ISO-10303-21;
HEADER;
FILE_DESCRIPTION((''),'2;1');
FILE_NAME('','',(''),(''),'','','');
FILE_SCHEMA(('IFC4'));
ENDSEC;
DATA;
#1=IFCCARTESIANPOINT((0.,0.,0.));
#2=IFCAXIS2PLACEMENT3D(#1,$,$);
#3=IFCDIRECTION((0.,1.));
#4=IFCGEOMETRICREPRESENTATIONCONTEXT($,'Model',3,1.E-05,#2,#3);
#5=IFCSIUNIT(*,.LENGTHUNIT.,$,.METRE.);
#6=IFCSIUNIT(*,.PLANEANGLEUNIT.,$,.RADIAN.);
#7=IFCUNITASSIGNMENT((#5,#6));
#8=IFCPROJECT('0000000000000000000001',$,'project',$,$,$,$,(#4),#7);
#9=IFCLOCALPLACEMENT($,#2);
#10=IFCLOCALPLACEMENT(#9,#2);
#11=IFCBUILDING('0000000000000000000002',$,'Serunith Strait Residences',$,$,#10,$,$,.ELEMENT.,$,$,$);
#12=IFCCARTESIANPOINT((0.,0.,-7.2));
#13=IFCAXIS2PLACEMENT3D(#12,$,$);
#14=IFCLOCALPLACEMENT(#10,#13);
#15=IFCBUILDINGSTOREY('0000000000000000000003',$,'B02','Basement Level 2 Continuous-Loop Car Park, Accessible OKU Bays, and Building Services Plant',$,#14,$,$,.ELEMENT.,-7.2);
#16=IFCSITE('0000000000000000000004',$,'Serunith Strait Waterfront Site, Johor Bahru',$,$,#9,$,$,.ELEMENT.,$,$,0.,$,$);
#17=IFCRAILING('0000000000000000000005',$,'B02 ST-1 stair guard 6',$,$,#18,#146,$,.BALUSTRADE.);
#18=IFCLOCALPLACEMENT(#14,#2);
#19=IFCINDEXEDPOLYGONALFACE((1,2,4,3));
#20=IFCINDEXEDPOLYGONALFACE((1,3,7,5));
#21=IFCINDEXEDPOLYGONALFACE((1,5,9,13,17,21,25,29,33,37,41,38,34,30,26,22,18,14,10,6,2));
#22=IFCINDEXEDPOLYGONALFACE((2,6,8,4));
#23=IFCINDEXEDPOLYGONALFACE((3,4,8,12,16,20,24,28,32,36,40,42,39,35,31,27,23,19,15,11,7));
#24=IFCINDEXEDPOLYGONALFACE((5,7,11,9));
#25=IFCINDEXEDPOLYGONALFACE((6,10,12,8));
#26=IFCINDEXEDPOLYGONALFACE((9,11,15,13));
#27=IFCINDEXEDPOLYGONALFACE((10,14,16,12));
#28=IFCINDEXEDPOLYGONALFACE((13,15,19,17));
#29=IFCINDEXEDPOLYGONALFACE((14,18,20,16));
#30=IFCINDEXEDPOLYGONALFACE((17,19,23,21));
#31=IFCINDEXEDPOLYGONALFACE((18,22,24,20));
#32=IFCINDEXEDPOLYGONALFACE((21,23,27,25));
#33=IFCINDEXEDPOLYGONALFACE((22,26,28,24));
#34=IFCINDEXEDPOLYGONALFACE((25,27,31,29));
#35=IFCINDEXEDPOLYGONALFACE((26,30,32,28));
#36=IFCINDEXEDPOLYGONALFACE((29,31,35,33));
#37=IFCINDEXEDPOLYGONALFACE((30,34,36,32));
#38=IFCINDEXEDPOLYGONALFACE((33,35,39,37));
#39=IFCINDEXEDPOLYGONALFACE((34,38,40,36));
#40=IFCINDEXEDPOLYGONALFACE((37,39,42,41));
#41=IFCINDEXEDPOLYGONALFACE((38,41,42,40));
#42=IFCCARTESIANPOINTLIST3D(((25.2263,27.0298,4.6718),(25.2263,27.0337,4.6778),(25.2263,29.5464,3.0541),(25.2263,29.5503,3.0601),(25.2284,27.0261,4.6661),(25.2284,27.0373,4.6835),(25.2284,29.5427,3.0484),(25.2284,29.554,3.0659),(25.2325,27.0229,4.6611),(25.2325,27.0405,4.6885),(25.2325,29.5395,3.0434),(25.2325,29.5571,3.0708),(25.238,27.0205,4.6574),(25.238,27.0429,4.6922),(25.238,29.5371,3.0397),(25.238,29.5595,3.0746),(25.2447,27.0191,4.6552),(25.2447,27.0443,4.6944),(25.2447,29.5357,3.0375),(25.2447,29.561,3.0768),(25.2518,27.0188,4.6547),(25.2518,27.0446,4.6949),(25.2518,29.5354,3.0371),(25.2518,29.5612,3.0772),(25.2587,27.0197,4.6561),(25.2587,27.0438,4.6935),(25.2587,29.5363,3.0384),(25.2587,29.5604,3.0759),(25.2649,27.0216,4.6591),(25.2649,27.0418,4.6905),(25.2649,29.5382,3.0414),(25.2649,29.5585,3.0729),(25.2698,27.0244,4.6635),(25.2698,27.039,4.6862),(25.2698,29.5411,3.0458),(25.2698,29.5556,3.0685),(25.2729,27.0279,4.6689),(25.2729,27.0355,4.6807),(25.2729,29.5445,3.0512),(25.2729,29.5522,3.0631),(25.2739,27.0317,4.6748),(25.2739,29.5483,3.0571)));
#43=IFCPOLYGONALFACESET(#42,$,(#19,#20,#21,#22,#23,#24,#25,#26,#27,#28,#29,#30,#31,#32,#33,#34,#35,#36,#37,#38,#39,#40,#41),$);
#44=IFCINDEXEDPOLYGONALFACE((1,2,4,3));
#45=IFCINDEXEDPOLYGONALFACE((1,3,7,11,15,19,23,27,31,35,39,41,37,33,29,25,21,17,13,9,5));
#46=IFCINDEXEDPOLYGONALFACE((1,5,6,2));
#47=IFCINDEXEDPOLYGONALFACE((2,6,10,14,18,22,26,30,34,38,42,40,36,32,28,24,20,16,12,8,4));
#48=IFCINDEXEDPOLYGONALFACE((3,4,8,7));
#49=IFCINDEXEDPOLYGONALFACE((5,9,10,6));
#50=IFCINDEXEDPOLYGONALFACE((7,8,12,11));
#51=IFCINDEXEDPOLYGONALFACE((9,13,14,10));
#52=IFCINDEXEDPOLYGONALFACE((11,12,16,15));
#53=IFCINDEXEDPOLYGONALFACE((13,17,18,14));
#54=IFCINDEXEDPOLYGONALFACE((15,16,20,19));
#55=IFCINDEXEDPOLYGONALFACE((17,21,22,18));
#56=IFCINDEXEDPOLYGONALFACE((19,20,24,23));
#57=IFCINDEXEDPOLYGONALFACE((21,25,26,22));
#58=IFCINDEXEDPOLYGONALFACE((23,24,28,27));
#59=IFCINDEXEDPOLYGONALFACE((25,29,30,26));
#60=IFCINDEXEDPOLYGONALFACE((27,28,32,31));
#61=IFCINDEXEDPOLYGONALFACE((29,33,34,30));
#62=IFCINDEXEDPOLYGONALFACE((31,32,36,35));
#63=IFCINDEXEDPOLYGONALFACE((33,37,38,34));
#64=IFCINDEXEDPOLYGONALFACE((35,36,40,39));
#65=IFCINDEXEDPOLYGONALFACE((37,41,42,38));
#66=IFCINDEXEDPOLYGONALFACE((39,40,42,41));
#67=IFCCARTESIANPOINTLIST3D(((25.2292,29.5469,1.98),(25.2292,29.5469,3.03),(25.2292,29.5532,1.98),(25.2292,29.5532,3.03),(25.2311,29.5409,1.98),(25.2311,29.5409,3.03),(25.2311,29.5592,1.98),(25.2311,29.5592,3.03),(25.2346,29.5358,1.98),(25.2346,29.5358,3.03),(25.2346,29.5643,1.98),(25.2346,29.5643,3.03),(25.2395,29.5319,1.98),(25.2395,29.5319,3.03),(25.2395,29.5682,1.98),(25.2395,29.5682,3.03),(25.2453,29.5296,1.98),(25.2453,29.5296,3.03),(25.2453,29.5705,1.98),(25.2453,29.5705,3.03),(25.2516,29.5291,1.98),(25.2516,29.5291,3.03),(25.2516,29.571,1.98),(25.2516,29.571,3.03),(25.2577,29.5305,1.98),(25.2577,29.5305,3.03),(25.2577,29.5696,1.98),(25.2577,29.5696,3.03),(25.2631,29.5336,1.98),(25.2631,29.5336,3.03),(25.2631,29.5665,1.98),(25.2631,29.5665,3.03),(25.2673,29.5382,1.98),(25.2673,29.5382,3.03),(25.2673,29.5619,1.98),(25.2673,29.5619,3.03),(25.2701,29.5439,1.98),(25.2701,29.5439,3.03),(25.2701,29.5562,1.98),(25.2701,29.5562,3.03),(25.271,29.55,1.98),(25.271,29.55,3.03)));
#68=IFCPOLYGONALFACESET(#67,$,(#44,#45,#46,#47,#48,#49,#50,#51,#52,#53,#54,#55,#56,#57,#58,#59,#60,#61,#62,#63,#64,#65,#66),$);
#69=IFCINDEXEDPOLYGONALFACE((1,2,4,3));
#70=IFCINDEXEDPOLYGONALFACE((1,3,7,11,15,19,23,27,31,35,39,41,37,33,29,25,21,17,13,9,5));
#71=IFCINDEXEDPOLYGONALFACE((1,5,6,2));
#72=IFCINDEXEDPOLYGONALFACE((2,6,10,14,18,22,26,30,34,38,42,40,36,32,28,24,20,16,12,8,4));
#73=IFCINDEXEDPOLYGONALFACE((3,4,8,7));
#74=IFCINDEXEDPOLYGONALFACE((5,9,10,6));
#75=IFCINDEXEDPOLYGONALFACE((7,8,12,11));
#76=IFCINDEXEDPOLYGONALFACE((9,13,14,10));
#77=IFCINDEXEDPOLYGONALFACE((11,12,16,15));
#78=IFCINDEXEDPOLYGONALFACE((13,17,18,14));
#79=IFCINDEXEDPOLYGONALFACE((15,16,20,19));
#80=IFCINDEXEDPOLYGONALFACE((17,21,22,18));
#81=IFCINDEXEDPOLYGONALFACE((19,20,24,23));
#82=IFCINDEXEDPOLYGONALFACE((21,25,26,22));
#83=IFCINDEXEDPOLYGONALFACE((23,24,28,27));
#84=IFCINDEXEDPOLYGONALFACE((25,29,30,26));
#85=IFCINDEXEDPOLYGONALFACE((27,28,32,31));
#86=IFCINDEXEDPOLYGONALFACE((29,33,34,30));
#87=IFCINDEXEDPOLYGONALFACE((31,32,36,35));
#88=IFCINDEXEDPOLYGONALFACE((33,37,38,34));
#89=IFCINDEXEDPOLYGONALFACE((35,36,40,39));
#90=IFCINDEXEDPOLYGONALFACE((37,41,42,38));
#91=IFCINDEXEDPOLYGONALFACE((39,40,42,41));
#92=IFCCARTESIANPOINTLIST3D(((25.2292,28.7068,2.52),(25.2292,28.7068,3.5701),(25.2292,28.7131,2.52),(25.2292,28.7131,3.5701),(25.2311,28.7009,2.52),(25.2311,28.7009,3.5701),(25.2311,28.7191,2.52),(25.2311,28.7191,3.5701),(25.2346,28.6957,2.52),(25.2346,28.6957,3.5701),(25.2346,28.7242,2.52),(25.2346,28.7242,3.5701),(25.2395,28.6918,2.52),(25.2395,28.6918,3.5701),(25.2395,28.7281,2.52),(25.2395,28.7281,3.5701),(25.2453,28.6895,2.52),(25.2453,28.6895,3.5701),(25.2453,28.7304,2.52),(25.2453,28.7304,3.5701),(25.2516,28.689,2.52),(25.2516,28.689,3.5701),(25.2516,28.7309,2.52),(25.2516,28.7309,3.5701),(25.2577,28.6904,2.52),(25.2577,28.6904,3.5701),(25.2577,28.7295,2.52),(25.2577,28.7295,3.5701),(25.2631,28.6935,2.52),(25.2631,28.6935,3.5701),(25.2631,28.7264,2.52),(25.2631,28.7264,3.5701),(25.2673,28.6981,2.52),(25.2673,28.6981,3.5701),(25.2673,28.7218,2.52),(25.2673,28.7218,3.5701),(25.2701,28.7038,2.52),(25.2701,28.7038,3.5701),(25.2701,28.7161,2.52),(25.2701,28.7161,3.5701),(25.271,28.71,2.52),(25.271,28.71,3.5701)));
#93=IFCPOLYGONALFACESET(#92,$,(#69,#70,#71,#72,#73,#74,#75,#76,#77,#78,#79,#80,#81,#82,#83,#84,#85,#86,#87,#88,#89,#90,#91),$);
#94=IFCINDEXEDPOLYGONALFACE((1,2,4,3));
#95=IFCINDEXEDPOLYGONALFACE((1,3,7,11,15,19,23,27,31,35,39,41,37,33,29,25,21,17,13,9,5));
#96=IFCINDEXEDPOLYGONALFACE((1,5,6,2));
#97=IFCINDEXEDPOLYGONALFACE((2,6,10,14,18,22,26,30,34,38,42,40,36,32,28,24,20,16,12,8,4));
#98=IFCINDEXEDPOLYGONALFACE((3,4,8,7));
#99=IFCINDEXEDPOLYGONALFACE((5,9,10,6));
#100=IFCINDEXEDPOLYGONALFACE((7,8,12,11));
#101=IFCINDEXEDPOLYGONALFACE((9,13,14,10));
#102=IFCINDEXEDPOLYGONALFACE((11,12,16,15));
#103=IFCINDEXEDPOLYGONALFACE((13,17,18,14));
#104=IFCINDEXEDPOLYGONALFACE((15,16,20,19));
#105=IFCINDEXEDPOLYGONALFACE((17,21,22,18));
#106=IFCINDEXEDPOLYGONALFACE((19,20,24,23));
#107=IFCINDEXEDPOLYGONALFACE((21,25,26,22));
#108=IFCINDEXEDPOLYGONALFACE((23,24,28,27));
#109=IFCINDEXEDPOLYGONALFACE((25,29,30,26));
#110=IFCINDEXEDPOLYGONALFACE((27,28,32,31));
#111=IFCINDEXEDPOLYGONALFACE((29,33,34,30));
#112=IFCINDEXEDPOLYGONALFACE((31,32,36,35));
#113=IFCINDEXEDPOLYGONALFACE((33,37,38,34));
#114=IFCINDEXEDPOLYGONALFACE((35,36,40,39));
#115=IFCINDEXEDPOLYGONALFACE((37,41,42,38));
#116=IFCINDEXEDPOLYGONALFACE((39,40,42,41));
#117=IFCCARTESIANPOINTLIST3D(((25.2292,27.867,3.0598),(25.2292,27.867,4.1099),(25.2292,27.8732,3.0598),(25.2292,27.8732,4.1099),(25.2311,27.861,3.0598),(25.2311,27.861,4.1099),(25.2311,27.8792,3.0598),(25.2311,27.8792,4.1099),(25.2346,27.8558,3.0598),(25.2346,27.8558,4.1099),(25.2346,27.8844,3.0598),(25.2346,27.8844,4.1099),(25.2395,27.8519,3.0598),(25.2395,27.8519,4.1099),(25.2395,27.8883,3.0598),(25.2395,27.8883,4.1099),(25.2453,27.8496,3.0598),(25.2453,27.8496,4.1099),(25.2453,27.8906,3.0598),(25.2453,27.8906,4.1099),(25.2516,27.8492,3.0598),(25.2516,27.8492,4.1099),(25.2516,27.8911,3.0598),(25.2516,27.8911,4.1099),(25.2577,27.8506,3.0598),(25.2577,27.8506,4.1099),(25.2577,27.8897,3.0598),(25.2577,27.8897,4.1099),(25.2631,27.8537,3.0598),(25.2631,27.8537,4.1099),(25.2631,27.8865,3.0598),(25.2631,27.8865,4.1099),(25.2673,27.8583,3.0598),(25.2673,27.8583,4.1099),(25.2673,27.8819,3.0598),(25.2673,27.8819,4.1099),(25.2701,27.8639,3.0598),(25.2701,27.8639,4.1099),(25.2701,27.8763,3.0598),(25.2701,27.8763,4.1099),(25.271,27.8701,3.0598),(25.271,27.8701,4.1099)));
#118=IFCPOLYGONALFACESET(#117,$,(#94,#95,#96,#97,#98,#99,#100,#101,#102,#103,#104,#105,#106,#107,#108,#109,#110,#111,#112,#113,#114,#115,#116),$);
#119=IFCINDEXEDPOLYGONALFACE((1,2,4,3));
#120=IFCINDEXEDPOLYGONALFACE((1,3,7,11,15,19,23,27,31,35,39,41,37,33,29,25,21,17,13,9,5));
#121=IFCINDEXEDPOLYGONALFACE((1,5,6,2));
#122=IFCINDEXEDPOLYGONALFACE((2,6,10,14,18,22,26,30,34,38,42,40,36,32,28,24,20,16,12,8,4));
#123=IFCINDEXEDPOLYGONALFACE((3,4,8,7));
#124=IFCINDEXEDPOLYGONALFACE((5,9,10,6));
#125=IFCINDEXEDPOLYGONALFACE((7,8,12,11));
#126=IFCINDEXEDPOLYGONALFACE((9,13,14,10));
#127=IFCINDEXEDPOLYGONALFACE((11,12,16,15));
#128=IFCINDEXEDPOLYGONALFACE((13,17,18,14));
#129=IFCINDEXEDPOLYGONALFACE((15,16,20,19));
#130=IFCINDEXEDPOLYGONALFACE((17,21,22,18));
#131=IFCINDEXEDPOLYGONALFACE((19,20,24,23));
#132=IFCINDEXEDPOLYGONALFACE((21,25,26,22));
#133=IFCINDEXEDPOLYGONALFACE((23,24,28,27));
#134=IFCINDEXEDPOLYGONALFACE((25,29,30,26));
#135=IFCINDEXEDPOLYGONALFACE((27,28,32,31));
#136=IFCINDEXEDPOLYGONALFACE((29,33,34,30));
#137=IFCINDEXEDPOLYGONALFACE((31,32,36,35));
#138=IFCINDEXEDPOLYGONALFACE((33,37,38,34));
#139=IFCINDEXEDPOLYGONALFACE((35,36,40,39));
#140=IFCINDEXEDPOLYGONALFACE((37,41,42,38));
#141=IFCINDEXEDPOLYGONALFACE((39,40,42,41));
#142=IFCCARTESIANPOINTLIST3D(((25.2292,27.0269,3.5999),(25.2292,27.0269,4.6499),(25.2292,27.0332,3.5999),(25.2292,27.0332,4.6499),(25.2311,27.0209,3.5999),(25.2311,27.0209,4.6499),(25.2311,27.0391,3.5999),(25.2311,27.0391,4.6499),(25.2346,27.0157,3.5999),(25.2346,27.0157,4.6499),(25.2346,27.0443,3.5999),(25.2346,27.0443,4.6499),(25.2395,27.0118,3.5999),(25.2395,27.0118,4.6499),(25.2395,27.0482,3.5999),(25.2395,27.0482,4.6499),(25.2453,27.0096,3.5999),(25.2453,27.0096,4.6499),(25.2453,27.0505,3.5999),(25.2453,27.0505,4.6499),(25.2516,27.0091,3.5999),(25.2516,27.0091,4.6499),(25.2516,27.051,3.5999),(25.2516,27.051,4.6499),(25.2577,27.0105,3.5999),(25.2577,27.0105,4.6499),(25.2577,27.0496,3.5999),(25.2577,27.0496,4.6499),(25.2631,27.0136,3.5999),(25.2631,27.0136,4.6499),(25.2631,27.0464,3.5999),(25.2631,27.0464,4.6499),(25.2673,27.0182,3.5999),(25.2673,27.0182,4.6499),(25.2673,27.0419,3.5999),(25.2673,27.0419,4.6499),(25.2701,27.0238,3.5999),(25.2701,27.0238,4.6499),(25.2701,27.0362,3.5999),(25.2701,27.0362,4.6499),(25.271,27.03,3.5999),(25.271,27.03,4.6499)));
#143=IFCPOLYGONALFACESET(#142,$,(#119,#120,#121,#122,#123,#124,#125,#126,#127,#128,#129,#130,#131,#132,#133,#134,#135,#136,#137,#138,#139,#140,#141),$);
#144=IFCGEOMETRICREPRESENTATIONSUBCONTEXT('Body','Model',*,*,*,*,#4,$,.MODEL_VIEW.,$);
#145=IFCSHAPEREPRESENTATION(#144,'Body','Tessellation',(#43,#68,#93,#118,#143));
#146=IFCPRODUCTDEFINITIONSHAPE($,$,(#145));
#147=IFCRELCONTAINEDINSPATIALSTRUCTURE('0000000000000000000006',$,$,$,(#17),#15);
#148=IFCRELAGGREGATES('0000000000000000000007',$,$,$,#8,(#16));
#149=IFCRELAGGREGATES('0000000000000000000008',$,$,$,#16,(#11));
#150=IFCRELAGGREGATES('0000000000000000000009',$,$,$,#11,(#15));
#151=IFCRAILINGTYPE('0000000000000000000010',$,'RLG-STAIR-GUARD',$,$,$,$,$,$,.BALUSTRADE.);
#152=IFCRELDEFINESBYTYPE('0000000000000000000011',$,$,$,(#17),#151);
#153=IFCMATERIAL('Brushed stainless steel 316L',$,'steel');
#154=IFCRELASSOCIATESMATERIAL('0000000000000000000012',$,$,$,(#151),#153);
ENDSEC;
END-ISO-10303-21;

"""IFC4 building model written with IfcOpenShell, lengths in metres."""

from ifc_helpers import new_model, si_unit, direction, frame, origin, origin_2d, place, context, subcontext, project, spatial, circle, extrude, material, type_object, element, save


model = new_model("IFC4")

# Units and contexts
model_context = context("Model", 3, precision=1e-05, world=origin(), true_north=direction((0.0, 1.0)))
body_context = subcontext(model_context, "Body", "Model", "MODEL_VIEW")
ifc_project = project(units=[si_unit("LENGTHUNIT", "METRE"), si_unit("PLANEANGLEUNIT", "RADIAN")], contexts=[model_context])

# Site, building, storey
site_placement = place(None, origin())
site = spatial("IfcSite", under=ifc_project, at=site_placement, Name="Serunith Strait Waterfront Site, Johor Bahru", CompositionType="ELEMENT", RefElevation=0.0)
building_placement = place(site_placement, origin())
building = spatial("IfcBuilding", under=site, at=building_placement, Name="Serunith Strait Residences", CompositionType="ELEMENT")
storey_placement = place(building_placement, frame((0.0, 0.0, -7.2)))
storey = spatial("IfcBuildingStorey", under=building, at=storey_placement, Name="B02", Description="Basement Level 2 Continuous-Loop Car Park, Accessible OKU Bays, and Building Services Plant", CompositionType="ELEMENT", Elevation=-7.2)

# Railing
ifc_material_1 = material(Name="Brushed stainless steel 316L", Category="steel")
railing_type_1 = type_object("IfcRailingType", Name="RLG-STAIR-GUARD", PredefinedType="BALUSTRADE", material=ifc_material_1)
railing_1_placement = place(storey_placement, frame((25.25, 29.55, 1.98)))
element("IfcRailing", 1, at=railing_1_placement, inside=storey, type_object=railing_type_1, Name="B02 ST-1 stair guard 6", PredefinedType="BALUSTRADE", context=body_context, shape_type="SweptSolid", body=[
    extrude(circle(Radius=0.0239, at=origin_2d()), frame((0.0, -0.0017, 1.0771), z_axis=(0.0, -0.8412, 0.540725), x_axis=(1.0, 0.0, 0.0)), (0.0, 0.0, 1.0), 2.9917),
    extrude(circle(Radius=0.021, at=origin_2d()), origin(), (0.0, 0.0, 1.0), 1.05),
    extrude(circle(Radius=0.021, at=origin_2d()), frame((0.0, -0.8401, 0.54)), (0.0, 0.0, 1.0), 1.05),
    extrude(circle(Radius=0.021, at=origin_2d()), frame((0.0, -1.6799, 1.0798)), (0.0, 0.0, 1.0), 1.05),
    extrude(circle(Radius=0.021, at=origin_2d()), frame((0.0, -2.52, 1.6199)), (0.0, 0.0, 1.0), 1.05),
])

save(model, "model.ifc")
